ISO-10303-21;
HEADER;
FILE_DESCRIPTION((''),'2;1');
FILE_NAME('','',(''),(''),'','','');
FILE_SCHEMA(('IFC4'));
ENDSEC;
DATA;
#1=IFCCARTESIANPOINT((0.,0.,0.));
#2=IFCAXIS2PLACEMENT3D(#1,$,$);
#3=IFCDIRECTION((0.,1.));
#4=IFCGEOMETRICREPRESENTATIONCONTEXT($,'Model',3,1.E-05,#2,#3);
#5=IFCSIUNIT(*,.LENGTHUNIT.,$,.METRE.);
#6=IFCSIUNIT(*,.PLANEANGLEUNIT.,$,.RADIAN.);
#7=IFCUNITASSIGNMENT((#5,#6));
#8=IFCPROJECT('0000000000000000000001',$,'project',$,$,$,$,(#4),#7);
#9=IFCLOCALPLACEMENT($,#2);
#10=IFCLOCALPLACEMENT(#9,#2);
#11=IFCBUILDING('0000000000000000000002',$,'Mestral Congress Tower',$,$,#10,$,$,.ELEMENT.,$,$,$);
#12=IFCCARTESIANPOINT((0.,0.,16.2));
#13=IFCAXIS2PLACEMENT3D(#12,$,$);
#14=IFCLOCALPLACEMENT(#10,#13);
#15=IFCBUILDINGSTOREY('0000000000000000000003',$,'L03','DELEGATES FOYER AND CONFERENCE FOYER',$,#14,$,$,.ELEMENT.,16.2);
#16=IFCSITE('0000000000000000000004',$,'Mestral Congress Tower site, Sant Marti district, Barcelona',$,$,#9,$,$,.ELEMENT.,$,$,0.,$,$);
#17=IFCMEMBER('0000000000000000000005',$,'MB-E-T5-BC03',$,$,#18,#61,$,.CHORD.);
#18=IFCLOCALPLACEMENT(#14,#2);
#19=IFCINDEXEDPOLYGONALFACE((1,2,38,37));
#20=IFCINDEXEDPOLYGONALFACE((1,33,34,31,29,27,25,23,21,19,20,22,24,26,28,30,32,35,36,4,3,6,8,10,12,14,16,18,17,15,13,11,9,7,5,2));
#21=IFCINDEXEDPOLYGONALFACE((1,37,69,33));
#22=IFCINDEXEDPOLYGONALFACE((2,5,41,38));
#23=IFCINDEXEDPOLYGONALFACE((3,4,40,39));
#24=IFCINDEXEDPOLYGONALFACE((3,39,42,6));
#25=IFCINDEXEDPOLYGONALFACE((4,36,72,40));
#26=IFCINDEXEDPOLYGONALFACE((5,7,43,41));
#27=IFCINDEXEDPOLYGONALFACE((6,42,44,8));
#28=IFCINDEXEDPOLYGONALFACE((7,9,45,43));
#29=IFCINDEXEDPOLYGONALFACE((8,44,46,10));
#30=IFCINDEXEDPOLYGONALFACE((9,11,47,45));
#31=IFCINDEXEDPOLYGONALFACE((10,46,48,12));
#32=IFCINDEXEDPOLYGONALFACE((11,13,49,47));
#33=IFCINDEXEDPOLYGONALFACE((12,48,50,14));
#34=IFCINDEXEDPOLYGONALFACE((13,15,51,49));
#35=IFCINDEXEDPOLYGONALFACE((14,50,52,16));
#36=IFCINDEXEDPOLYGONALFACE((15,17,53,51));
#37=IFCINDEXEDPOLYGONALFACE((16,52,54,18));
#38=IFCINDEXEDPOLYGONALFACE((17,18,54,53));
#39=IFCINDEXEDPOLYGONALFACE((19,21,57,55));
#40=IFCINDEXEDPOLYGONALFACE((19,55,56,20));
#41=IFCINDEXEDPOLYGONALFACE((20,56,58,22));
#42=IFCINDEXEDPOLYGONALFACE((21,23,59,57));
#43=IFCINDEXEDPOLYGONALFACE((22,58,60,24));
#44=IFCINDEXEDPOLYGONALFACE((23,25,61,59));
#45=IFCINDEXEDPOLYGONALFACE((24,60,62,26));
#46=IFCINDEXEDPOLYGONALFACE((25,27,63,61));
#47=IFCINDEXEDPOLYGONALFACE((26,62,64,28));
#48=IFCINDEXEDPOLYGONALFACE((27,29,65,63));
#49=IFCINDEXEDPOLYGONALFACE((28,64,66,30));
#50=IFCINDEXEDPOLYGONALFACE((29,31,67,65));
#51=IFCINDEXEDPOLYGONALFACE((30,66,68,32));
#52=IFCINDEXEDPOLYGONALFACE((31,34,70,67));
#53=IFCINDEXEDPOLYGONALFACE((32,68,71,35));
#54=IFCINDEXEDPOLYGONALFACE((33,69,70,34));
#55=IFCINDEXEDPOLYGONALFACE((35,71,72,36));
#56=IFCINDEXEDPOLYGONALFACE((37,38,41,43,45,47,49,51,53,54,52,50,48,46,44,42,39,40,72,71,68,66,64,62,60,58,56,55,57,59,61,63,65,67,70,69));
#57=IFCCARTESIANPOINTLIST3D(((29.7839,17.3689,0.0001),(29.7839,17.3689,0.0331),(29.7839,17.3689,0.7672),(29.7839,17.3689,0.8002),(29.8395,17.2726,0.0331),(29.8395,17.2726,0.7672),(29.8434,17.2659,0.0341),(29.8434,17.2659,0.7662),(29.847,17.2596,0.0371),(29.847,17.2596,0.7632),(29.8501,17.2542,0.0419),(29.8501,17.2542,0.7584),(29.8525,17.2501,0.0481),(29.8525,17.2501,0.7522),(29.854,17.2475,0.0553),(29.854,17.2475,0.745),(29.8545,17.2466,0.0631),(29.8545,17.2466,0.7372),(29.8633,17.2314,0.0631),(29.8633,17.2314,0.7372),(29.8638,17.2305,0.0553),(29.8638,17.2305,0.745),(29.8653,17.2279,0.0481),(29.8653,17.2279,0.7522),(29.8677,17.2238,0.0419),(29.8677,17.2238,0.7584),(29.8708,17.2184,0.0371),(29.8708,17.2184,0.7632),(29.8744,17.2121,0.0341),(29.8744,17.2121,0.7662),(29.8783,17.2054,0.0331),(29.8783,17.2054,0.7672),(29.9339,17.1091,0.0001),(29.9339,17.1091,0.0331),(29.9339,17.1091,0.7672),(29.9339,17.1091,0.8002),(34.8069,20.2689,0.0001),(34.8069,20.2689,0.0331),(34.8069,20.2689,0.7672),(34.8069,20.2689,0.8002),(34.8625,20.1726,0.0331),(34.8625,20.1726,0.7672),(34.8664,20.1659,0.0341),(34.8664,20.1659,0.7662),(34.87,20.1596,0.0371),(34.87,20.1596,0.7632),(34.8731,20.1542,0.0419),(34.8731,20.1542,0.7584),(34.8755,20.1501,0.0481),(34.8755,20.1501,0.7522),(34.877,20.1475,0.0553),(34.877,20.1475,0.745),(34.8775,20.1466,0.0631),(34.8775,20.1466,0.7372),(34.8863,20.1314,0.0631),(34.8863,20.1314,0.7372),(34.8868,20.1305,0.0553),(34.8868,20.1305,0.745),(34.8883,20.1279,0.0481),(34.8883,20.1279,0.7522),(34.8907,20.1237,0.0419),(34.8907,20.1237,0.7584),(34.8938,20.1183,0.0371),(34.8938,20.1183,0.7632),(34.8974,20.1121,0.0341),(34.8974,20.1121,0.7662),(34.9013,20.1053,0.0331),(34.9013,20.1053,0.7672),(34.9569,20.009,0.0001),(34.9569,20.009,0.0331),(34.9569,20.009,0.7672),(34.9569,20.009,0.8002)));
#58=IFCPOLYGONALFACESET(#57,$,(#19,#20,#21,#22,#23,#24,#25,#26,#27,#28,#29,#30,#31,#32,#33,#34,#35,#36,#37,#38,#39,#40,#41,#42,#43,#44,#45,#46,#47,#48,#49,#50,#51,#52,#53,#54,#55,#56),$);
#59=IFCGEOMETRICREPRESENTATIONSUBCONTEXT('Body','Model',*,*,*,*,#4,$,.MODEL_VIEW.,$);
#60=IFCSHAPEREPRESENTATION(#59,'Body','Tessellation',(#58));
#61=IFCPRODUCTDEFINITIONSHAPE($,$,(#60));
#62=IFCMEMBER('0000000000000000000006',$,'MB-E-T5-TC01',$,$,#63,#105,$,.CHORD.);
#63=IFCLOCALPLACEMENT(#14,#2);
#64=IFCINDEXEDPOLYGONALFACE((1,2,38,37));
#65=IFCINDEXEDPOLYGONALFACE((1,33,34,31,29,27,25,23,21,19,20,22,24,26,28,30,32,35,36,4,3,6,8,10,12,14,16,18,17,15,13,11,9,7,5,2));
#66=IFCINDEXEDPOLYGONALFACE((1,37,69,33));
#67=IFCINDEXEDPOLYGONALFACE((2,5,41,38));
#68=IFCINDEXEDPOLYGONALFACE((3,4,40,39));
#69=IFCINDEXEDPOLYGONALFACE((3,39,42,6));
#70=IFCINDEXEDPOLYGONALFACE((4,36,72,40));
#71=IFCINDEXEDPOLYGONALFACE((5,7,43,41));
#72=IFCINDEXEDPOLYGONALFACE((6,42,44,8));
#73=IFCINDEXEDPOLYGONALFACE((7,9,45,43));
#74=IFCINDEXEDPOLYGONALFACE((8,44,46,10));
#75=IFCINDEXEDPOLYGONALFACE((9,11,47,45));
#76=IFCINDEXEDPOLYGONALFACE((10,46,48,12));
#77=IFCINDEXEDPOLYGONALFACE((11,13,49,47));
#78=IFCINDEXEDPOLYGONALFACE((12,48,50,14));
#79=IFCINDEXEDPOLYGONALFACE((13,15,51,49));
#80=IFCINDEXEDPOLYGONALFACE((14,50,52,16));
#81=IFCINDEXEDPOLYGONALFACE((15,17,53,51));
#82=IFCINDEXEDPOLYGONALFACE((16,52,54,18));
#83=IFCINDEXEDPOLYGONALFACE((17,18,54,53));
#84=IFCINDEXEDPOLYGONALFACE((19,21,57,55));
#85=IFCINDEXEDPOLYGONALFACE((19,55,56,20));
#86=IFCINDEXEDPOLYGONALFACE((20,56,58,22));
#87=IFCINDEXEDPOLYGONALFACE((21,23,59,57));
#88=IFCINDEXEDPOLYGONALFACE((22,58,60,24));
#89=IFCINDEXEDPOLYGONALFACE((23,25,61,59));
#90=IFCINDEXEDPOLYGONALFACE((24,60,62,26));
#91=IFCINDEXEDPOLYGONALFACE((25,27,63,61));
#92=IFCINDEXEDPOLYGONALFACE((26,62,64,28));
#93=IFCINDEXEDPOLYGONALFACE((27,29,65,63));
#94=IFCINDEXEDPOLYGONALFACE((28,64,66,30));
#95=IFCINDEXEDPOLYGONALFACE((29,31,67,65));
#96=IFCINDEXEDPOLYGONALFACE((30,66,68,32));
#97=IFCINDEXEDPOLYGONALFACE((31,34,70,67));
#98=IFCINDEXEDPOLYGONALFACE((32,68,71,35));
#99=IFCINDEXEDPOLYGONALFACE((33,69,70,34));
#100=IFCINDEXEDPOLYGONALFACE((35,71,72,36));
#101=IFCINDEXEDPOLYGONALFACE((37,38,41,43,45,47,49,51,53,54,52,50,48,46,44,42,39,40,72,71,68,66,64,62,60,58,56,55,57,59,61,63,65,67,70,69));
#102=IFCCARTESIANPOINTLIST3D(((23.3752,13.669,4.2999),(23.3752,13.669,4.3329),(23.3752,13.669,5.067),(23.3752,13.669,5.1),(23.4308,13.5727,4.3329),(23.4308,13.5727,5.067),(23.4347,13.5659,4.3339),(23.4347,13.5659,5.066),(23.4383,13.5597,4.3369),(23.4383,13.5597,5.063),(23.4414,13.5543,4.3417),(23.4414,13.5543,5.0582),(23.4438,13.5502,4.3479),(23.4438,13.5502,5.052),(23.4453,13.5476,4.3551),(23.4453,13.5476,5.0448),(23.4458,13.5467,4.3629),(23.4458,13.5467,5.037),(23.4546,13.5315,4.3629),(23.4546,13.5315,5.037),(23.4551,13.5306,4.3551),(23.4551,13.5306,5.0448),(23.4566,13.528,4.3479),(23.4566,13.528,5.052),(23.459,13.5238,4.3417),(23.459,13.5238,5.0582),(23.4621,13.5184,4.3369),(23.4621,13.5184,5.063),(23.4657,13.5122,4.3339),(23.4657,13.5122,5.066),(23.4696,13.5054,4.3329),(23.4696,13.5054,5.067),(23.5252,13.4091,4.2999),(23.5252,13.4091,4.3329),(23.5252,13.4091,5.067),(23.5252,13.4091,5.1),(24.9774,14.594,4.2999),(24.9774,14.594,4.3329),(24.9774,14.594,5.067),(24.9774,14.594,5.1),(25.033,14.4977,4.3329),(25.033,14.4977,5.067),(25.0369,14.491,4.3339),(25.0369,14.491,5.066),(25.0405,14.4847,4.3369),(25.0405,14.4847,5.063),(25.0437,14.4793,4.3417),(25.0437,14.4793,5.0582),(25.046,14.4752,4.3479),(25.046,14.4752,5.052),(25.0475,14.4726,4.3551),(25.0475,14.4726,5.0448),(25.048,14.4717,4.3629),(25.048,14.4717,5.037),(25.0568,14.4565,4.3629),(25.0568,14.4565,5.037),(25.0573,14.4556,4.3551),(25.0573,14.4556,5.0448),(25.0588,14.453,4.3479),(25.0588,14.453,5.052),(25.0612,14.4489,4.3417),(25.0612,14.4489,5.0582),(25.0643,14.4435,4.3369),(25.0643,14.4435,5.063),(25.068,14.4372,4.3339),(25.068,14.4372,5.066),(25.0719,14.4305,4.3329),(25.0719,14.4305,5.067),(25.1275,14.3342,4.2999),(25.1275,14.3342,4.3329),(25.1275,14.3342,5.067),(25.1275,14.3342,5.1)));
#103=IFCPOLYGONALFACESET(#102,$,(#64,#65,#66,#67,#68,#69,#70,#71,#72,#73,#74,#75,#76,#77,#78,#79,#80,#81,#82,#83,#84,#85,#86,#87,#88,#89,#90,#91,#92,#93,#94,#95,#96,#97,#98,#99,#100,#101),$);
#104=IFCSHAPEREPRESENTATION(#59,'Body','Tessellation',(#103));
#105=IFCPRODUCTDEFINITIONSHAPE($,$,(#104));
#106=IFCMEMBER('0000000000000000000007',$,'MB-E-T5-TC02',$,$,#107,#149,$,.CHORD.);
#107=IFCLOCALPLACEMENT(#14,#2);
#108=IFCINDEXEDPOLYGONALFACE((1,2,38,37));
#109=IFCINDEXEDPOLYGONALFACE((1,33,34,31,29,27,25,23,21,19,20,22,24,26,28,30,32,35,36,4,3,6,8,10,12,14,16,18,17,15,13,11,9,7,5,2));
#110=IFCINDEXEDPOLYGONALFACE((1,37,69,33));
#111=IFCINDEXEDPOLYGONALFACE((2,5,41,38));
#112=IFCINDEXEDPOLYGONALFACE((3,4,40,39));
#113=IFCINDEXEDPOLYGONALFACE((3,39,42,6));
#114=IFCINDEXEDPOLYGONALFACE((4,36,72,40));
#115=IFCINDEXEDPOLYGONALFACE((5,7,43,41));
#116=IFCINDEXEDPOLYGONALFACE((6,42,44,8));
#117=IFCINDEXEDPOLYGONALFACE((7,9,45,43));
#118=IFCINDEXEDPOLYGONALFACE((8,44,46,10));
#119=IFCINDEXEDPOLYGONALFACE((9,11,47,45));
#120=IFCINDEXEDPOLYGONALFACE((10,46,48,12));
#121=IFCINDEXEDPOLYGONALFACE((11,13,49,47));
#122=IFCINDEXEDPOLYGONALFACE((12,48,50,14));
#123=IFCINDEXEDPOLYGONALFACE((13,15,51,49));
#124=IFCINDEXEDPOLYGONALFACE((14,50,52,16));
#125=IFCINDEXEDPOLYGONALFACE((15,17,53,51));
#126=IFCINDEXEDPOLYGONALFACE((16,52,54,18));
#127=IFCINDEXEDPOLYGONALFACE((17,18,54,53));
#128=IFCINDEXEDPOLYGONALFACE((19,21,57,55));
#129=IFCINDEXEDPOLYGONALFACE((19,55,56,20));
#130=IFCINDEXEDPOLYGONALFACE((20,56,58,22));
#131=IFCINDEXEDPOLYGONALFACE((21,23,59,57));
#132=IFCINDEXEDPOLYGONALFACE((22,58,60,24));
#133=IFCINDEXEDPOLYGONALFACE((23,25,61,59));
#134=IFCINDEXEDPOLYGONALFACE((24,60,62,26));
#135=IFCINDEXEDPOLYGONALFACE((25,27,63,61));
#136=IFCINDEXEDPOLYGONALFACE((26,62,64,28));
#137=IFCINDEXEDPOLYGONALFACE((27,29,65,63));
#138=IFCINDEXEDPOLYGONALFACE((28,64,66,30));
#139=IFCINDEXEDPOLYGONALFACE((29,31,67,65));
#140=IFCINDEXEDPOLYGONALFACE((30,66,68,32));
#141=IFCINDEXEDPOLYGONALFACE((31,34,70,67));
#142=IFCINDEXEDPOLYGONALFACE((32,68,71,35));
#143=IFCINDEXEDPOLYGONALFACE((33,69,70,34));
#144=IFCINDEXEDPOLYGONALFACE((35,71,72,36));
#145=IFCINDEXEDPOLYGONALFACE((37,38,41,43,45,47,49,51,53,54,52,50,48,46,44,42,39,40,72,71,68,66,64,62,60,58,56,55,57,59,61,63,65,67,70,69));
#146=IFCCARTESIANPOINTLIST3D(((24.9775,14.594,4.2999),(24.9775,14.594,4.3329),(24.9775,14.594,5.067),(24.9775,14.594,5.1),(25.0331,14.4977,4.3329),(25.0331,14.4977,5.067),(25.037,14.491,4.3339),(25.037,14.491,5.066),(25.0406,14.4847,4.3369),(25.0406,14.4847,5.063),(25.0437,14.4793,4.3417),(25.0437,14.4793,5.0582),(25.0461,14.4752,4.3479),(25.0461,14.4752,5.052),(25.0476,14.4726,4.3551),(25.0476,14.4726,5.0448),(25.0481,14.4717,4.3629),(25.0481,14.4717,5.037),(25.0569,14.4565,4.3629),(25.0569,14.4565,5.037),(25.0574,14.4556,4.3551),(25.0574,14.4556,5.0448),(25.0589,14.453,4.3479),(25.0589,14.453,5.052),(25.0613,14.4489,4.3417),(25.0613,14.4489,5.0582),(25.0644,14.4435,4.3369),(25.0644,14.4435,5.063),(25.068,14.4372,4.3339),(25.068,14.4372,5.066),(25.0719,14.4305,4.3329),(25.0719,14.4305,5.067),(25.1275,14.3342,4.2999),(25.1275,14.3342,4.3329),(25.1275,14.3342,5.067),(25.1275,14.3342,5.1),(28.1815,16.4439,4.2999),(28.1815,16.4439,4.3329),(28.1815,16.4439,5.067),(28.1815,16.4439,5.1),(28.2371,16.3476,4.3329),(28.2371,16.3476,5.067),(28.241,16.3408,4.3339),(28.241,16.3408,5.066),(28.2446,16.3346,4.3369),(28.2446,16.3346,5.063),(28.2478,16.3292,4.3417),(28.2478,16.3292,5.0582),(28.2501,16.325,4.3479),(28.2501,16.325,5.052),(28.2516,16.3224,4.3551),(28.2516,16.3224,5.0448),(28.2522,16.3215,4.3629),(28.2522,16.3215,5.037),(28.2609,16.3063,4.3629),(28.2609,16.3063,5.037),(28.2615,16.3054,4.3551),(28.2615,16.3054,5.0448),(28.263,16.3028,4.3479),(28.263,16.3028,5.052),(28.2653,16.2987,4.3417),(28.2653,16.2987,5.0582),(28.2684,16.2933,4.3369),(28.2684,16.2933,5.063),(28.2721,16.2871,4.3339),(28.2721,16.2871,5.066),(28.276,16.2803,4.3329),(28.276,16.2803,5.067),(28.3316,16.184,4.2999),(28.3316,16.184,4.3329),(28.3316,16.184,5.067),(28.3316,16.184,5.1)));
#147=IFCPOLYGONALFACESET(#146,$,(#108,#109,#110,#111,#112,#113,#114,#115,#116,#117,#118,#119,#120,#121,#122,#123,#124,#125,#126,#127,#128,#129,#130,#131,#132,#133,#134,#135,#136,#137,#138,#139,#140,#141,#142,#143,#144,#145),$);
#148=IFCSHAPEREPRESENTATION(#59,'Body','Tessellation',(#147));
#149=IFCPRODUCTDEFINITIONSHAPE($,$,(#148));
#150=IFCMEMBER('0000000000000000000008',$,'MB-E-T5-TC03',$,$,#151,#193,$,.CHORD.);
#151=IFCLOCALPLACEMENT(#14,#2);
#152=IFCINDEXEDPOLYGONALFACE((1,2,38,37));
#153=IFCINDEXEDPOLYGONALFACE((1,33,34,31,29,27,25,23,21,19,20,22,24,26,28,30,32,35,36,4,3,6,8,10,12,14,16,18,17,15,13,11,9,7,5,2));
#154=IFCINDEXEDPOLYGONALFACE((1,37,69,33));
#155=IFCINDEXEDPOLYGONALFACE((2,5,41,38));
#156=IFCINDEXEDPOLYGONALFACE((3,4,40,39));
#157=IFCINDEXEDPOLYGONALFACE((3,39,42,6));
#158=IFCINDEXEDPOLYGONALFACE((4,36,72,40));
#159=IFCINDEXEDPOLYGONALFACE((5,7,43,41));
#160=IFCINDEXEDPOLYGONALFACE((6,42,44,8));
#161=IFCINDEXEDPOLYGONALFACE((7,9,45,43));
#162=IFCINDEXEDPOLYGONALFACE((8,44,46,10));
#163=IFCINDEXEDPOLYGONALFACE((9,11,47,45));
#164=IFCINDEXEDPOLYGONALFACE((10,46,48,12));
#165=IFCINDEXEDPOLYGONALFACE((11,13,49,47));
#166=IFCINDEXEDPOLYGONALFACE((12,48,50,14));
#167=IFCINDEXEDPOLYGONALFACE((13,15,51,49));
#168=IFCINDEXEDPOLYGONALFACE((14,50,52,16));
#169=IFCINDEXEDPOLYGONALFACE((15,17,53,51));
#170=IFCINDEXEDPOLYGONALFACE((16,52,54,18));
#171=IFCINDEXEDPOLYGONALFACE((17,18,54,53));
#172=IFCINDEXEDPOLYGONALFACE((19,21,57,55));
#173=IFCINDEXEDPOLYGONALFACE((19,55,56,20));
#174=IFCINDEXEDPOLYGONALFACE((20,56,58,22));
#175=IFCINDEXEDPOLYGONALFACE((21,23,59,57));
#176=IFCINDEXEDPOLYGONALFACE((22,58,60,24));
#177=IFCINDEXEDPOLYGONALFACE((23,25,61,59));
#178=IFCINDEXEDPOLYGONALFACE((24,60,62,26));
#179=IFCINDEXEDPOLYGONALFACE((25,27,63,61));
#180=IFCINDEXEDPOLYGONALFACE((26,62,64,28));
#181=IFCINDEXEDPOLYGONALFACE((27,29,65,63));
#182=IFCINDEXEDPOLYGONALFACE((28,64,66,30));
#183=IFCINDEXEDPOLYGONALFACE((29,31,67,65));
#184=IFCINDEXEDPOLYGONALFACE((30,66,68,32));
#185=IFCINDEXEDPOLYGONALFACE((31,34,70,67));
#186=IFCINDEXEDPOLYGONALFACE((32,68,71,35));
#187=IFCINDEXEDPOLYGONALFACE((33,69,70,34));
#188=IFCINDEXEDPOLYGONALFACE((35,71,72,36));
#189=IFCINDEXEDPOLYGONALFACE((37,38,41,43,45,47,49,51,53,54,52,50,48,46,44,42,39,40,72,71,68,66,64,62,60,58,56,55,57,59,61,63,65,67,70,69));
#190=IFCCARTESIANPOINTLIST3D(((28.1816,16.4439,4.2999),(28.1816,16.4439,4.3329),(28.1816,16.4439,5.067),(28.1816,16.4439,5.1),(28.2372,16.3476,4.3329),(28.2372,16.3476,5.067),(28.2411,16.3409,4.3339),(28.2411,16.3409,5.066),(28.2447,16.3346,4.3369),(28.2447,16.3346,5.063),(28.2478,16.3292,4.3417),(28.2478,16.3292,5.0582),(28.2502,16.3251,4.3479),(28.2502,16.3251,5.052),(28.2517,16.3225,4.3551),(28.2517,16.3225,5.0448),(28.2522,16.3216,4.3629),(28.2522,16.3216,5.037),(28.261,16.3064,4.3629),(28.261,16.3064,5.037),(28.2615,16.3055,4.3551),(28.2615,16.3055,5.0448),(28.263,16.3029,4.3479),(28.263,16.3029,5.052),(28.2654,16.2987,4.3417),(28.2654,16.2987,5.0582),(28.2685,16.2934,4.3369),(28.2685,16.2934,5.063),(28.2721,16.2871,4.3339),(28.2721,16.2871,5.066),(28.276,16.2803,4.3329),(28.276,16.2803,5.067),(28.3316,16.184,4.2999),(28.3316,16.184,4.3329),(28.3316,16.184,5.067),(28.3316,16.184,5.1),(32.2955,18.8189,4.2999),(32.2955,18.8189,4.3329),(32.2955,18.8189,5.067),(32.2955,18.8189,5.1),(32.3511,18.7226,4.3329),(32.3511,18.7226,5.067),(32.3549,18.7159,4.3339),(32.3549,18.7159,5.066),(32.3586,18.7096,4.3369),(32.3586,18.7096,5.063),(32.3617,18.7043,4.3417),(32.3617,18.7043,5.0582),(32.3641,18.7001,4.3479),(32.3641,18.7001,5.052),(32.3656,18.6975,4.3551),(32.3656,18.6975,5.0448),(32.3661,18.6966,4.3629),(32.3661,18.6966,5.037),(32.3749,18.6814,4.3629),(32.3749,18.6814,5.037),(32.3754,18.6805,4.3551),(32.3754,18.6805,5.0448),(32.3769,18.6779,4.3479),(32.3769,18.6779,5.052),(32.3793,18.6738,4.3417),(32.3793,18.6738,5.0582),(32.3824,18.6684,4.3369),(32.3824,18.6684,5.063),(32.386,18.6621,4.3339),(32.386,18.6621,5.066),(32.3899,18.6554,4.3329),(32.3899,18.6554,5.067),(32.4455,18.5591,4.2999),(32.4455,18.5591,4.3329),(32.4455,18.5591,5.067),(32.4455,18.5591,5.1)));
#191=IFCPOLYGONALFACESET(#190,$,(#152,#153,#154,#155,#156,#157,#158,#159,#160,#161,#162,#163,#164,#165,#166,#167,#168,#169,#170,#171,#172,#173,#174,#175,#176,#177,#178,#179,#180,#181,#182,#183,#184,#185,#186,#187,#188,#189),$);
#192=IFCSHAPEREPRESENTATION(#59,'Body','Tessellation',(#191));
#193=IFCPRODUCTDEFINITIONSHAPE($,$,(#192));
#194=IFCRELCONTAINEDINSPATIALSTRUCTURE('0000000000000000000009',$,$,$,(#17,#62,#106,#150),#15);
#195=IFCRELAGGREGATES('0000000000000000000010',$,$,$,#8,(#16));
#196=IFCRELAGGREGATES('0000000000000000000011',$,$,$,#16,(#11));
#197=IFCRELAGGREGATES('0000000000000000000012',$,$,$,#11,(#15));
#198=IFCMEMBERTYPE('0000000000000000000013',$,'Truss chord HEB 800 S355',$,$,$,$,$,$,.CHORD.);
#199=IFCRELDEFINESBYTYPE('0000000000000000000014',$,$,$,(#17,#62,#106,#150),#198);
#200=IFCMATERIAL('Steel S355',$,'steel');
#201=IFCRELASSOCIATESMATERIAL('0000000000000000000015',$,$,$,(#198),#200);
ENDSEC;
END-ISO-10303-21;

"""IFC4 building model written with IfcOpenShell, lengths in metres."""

from ifc_helpers import new_model, si_unit, direction, frame, origin, origin_2d, place, context, subcontext, project, spatial, i_section, extrude, material, material_profile, profile_set, type_object, element, save


model = new_model("IFC4")

# Units and contexts
model_context = context("Model", 3, precision=1e-05, world=origin(), true_north=direction((0.0, 1.0)))
body_context = subcontext(model_context, "Body", "Model", "MODEL_VIEW")
ifc_project = project(units=[si_unit("LENGTHUNIT", "METRE"), si_unit("PLANEANGLEUNIT", "RADIAN")], contexts=[model_context])

# Site, building, storey
site_placement = place(None, origin())
site = spatial("IfcSite", under=ifc_project, at=site_placement, Name="Mestral Congress Tower site, Sant Marti district, Barcelona", CompositionType="ELEMENT", RefElevation=0.0)
building_placement = place(site_placement, origin())
building = spatial("IfcBuilding", under=site, at=building_placement, Name="Mestral Congress Tower", CompositionType="ELEMENT")
storey_placement = place(building_placement, frame((0.0, 0.0, 16.2)))
storey = spatial("IfcBuildingStorey", under=building, at=storey_placement, Name="L03", Description="DELEGATES FOYER AND CONFERENCE FOYER", CompositionType="ELEMENT", Elevation=16.2)

# Members
ifc_material_1 = material(Name="Steel S355", Category="steel")
ifc_material_profile_1 = material_profile(ifc_material_1, i_section(OverallWidth=0.3, OverallDepth=0.8, WebThickness=0.0176, FlangeThickness=0.033, FilletRadius=0.03, at=origin_2d()), Name="HEB 800")
ifc_profile_set_1 = profile_set([ifc_material_profile_1], Name="Steel S355")
member_type_1 = type_object("IfcMemberType", Name="Truss chord HEB 800 S355", PredefinedType="CHORD", material=ifc_profile_set_1)
member_1_placement = place(storey_placement, frame((29.8589, 17.239, 0.4001), z_axis=(0.866033, 0.499987, 0.0), x_axis=(-0.499987, 0.866033, 0.0)))
element("IfcMember", 1, at=member_1_placement, inside=storey, type_object=member_type_1, Name="MB-E-T5-BC03", PredefinedType="CHORD", context=body_context, shape_type="SweptSolid", body=[
    extrude(i_section(OverallWidth=0.3, OverallDepth=0.8, WebThickness=0.0176, FlangeThickness=0.033, FilletRadius=0.03, at=origin_2d()), origin(), (0.0, 0.0, 1.0), 5.8),
])
member_2_placement = place(storey_placement, frame((23.4502, 13.5391, 4.7), z_axis=(0.866034, 0.499985, 0.0), x_axis=(-0.499985, 0.866034, 0.0)))
element("IfcMember", 2, at=member_2_placement, inside=storey, type_object=member_type_1, Name="MB-E-T5-TC01", PredefinedType="CHORD", context=body_context, shape_type="SweptSolid", body=[
    extrude(i_section(OverallWidth=0.3, OverallDepth=0.8, WebThickness=0.0176, FlangeThickness=0.033, FilletRadius=0.03, at=origin_2d()), origin(), (0.0, 0.0, 1.0), 1.8501),
])
member_3_placement = place(storey_placement, frame((25.0525, 14.4641, 4.7), z_axis=(0.86603, 0.499993, 0.0), x_axis=(-0.499993, 0.86603, 0.0)))
element("IfcMember", 3, at=member_3_placement, inside=storey, type_object=member_type_1, Name="MB-E-T5-TC02", PredefinedType="CHORD", context=body_context, shape_type="SweptSolid", body=[
    extrude(i_section(OverallWidth=0.3, OverallDepth=0.8, WebThickness=0.0176, FlangeThickness=0.033, FilletRadius=0.03, at=origin_2d()), origin(), (0.0, 0.0, 1.0), 3.6997),
])
member_4_placement = place(storey_placement, frame((28.2566, 16.314, 4.7), z_axis=(0.866033, 0.499986, 0.0), x_axis=(-0.499986, 0.866033, 0.0)))
element("IfcMember", 4, at=member_4_placement, inside=storey, type_object=member_type_1, Name="MB-E-T5-TC03", PredefinedType="CHORD", context=body_context, shape_type="SweptSolid", body=[
    extrude(i_section(OverallWidth=0.3, OverallDepth=0.8, WebThickness=0.0176, FlangeThickness=0.033, FilletRadius=0.03, at=origin_2d()), origin(), (0.0, 0.0, 1.0), 4.7502),
])

save(model, "model.ifc")
